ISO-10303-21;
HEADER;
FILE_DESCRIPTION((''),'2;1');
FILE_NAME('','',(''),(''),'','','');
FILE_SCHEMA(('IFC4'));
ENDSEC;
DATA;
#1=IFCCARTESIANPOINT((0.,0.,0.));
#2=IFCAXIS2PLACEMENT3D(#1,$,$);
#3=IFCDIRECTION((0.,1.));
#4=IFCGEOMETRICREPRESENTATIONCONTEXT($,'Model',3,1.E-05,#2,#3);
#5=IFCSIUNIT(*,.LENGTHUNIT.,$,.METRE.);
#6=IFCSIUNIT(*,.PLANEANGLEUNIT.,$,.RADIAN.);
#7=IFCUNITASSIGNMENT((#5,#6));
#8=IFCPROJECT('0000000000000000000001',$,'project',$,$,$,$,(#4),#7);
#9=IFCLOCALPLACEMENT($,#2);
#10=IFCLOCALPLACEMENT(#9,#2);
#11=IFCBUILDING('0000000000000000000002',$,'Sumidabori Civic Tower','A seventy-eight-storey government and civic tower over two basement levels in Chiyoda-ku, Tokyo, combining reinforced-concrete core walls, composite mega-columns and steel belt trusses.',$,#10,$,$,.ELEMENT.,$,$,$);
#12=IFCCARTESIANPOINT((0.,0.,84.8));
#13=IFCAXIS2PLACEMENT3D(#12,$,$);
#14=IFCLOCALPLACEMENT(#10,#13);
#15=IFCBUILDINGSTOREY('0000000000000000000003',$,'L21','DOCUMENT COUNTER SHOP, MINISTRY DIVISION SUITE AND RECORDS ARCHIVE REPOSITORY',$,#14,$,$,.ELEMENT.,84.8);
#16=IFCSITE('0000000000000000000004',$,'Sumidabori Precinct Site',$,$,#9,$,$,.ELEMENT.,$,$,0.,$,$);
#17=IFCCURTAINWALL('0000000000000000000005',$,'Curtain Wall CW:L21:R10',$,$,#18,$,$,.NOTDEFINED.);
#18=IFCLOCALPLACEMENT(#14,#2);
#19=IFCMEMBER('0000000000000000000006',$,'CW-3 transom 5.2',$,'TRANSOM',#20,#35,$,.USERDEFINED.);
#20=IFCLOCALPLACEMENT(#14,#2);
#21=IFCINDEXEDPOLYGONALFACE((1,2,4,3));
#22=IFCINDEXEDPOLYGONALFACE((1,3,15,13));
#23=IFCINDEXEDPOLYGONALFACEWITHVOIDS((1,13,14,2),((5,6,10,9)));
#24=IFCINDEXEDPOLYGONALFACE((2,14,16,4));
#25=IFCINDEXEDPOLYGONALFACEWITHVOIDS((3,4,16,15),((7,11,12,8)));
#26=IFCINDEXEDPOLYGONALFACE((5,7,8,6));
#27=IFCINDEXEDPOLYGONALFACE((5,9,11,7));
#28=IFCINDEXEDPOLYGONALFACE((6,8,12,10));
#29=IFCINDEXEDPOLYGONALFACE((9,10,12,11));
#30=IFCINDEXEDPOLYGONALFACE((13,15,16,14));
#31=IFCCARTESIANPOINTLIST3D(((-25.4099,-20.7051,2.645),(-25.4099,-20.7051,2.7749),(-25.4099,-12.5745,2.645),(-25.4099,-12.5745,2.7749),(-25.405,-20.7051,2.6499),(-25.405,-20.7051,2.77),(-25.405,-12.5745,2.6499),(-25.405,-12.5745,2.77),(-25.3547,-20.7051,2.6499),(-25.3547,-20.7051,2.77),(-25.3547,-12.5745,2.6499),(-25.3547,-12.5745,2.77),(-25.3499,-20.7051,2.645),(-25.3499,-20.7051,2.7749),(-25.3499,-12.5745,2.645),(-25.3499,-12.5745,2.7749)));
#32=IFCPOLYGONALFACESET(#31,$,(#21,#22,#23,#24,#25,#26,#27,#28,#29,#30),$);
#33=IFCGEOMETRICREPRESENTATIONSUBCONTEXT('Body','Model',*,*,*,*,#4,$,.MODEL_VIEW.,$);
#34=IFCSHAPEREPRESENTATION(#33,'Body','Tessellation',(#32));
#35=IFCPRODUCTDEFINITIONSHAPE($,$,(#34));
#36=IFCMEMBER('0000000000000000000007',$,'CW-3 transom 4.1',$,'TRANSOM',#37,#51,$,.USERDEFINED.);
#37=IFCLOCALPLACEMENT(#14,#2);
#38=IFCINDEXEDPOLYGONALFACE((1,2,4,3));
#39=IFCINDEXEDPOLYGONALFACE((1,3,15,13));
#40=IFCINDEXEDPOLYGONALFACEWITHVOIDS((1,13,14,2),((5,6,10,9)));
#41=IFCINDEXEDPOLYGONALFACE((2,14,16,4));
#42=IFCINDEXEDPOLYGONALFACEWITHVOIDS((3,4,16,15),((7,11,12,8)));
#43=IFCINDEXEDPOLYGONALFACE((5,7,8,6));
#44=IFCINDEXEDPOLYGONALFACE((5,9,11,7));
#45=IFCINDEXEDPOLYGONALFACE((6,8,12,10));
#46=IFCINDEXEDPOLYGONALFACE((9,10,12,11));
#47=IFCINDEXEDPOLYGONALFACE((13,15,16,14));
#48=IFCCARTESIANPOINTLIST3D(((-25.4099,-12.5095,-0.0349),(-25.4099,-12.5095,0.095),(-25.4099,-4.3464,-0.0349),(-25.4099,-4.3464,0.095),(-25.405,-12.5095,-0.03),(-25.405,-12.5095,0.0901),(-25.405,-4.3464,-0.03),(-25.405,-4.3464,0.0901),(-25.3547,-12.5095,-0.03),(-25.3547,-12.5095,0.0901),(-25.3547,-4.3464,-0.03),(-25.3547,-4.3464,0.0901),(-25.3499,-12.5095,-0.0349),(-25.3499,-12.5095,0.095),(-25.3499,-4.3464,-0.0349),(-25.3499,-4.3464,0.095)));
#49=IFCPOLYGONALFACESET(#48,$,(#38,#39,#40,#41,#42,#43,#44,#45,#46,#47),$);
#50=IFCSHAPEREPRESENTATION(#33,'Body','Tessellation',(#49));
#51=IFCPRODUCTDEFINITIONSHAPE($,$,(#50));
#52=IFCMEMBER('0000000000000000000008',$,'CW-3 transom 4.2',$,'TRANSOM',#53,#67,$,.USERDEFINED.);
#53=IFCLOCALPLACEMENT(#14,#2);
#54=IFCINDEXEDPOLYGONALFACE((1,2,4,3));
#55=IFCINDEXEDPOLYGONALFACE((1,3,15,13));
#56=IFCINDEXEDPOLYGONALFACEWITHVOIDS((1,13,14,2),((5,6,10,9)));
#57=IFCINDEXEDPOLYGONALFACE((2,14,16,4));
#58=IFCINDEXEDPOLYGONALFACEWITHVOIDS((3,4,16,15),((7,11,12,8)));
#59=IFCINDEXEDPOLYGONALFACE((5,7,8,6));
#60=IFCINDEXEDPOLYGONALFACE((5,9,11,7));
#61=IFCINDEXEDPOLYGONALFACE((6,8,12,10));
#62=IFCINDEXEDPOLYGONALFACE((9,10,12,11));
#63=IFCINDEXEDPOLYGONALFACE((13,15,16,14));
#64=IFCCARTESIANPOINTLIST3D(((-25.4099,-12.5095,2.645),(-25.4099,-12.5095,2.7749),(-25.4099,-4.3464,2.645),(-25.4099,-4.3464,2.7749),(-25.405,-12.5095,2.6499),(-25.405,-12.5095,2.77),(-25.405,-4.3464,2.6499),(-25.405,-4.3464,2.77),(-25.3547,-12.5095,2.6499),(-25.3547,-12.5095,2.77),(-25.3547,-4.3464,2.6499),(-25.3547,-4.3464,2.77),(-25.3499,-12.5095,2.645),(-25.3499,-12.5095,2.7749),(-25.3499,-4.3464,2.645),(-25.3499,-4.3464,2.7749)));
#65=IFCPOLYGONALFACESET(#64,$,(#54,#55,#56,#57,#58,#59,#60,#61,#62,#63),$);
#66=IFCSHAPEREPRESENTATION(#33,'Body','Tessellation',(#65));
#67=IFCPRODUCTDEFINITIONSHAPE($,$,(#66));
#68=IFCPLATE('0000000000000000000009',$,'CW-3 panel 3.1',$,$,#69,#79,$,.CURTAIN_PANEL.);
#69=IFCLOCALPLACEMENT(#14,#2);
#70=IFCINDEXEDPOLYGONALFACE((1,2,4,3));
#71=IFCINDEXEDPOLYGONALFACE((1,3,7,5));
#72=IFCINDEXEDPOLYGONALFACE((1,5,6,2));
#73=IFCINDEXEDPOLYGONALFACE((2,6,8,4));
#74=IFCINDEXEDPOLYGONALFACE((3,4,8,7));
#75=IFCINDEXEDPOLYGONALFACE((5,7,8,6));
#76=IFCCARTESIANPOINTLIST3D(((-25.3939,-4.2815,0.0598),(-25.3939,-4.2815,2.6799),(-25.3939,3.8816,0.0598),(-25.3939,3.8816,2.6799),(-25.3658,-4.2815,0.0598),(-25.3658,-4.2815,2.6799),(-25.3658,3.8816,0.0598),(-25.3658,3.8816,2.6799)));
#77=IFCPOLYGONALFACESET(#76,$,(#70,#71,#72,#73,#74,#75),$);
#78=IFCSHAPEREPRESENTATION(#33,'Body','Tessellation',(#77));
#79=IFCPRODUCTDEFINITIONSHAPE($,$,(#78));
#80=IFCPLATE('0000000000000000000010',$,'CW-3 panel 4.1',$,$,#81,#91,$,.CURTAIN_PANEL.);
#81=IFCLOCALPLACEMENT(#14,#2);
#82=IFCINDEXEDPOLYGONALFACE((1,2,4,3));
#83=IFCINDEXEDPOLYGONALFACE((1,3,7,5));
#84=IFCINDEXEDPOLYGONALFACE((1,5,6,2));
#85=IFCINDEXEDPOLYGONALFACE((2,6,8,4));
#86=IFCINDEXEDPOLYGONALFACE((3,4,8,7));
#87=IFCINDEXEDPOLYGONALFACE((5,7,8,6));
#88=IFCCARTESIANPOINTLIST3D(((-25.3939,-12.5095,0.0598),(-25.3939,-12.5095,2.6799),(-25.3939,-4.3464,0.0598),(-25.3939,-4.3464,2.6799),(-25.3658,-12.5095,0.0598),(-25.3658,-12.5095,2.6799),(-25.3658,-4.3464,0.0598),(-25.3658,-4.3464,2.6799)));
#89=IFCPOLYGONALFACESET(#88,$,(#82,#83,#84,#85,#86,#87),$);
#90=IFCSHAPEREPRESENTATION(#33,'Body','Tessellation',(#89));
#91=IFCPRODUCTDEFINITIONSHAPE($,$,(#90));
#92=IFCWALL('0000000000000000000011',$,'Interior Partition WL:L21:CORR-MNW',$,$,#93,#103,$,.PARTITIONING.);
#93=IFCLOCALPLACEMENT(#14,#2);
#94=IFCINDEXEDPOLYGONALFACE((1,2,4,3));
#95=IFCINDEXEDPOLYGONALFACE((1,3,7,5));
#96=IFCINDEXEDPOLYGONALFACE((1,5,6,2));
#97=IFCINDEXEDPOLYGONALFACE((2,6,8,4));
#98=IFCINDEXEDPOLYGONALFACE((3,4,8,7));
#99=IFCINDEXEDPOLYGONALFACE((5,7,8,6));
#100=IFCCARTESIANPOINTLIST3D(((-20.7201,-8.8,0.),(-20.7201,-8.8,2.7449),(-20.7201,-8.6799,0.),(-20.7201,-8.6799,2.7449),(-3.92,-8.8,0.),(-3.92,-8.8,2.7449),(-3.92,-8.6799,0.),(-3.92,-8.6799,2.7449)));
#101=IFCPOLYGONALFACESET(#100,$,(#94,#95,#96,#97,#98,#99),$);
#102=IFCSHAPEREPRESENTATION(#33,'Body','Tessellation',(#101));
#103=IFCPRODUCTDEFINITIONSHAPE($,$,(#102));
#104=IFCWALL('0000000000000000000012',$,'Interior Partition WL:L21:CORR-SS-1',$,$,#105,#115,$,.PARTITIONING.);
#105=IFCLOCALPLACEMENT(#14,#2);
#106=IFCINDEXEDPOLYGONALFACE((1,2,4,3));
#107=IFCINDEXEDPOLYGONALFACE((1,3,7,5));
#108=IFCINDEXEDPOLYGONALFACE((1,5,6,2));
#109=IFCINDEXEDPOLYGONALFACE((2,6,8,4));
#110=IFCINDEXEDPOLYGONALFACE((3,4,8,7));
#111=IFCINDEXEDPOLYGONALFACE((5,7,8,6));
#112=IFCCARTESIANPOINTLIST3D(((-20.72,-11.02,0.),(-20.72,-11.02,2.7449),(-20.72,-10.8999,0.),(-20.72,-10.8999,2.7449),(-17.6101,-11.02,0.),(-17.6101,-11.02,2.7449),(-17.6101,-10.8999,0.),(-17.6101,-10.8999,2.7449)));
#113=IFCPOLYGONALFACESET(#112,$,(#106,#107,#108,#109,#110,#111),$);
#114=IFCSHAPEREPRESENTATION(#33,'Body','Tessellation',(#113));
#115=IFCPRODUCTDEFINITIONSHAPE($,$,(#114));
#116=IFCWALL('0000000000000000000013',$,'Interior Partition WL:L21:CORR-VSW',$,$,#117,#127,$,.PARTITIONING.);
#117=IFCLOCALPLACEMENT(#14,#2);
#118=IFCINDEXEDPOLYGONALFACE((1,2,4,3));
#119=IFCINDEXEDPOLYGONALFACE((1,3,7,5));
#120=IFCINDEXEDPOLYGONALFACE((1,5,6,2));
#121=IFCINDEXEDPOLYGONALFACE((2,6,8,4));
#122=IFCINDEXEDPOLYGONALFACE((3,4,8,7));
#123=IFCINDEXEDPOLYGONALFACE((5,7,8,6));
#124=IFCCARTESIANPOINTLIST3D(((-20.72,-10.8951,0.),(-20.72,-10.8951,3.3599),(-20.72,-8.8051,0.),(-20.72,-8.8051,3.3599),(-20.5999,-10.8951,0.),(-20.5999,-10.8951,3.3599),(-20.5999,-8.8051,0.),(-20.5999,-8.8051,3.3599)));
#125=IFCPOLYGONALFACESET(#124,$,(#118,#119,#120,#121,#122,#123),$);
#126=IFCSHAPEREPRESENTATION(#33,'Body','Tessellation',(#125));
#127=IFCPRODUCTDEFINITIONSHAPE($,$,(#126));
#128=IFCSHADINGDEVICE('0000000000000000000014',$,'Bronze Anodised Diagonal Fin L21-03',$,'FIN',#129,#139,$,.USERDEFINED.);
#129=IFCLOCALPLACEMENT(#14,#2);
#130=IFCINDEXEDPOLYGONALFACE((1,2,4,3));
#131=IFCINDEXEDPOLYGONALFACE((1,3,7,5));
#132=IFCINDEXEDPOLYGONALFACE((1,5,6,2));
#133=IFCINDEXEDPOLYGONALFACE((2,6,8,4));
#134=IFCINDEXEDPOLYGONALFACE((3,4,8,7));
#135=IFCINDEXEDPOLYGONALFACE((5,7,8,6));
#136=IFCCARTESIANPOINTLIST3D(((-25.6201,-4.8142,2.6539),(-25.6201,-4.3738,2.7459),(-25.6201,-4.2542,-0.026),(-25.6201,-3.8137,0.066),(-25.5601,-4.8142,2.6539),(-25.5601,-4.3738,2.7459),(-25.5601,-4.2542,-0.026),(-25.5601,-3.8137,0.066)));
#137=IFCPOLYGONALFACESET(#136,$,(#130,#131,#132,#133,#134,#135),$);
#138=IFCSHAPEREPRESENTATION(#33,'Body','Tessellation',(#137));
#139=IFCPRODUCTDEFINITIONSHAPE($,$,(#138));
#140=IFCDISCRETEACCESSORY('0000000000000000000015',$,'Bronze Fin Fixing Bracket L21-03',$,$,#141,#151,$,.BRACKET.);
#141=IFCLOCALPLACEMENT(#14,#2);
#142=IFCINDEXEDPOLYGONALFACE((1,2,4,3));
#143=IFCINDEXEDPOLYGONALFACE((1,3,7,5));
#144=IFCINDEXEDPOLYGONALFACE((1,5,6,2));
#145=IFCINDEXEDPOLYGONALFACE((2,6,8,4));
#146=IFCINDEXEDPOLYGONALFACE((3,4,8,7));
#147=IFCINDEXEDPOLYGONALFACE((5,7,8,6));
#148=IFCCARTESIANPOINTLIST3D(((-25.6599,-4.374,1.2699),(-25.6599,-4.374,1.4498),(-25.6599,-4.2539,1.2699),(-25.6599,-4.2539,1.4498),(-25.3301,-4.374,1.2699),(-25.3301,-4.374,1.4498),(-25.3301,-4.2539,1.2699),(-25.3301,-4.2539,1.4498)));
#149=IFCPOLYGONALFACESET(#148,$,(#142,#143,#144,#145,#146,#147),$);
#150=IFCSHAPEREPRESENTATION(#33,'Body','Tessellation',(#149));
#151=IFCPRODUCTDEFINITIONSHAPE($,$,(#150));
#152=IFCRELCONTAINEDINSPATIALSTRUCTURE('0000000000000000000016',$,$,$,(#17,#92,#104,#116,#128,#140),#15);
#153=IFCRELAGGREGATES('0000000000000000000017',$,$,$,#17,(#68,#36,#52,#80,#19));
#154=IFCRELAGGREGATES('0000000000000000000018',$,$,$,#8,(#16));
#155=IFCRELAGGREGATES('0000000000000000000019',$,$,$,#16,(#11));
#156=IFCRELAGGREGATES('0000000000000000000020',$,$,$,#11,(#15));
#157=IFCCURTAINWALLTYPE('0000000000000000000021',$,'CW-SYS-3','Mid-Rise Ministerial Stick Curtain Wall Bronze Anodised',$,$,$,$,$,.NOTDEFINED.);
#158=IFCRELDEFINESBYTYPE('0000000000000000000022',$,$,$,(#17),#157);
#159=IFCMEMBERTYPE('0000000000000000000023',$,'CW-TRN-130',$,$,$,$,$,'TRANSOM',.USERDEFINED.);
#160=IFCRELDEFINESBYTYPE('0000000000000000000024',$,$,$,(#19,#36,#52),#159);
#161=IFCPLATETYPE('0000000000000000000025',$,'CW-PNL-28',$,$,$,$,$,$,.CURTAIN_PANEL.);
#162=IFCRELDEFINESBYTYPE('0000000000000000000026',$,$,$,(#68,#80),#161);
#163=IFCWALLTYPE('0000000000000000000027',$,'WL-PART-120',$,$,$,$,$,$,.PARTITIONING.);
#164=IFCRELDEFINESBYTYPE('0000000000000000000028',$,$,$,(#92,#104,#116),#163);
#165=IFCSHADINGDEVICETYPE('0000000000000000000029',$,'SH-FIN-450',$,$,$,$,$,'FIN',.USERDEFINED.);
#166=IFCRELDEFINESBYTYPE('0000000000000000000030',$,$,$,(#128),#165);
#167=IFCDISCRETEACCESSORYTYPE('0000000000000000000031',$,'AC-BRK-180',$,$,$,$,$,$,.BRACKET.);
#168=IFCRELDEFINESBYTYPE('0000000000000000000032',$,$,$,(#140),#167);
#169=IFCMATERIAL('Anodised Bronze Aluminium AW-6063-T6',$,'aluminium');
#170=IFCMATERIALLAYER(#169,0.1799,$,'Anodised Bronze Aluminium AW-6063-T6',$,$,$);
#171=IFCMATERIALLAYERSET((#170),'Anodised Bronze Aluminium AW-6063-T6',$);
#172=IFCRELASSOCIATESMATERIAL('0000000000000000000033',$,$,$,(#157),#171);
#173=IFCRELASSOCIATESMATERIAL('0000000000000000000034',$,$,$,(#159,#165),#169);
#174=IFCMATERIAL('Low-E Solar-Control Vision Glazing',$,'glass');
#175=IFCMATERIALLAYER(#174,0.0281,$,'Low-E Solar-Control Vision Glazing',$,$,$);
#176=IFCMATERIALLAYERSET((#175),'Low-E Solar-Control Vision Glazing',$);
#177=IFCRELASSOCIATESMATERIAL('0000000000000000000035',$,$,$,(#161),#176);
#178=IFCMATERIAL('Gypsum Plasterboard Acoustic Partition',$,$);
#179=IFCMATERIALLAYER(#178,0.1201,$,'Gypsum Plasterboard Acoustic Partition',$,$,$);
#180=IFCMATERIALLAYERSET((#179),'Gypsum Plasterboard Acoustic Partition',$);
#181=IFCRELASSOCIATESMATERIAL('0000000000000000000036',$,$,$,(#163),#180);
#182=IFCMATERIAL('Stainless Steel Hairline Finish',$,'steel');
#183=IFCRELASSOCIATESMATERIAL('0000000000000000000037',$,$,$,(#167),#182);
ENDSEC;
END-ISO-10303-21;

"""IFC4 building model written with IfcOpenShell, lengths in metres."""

from ifc_helpers import new_model, si_unit, direction, frame, frame_2d, origin, origin_2d, place, context, subcontext, project, spatial, rectangle, hollow_rectangle, extrude, source, transform, mapped, material, layer, layer_set, material_profile, profile_set, type_object, element, aggregate, save


model = new_model("IFC4")

# Units and contexts
model_context = context("Model", 3, precision=1e-05, world=origin(), true_north=direction((0.0, 1.0)))
body_context = subcontext(model_context, "Body", "Model", "MODEL_VIEW")
ifc_project = project(units=[si_unit("LENGTHUNIT", "METRE"), si_unit("PLANEANGLEUNIT", "RADIAN")], contexts=[model_context])

# Site, building, storey
site_placement = place(None, origin())
site = spatial("IfcSite", under=ifc_project, at=site_placement, Name="Sumidabori Precinct Site", CompositionType="ELEMENT", RefElevation=0.0)
building_placement = place(site_placement, origin())
building = spatial("IfcBuilding", under=site, at=building_placement, Name="Sumidabori Civic Tower", Description="A seventy-eight-storey government and civic tower over two basement levels in Chiyoda-ku, Tokyo, combining reinforced-concrete core walls, composite mega-columns and steel belt trusses.", CompositionType="ELEMENT")
storey_placement = place(building_placement, frame((0.0, 0.0, 84.8)))
storey = spatial("IfcBuildingStorey", under=building, at=storey_placement, Name="L21", Description="DOCUMENT COUNTER SHOP, MINISTRY DIVISION SUITE AND RECORDS ARCHIVE REPOSITORY", CompositionType="ELEMENT", Elevation=84.8)

# Curtain wall, members, plates
ifc_material_1 = material(Name="Anodised Bronze Aluminium AW-6063-T6", Category="aluminium")
ifc_layer_1 = layer(ifc_material_1, 0.1799, Name="Anodised Bronze Aluminium AW-6063-T6")
ifc_layer_set_1 = layer_set([ifc_layer_1], Name="Anodised Bronze Aluminium AW-6063-T6")
curtain_wall_type = type_object("IfcCurtainWallType", Name="CW-SYS-3", Description="Mid-Rise Ministerial Stick Curtain Wall Bronze Anodised", PredefinedType="NOTDEFINED", material=ifc_layer_set_1)
curtain_wall_placement = place(storey_placement, origin())
curtain_wall = element("IfcCurtainWall", 1, at=curtain_wall_placement, inside=storey, type_object=curtain_wall_type, Name="Curtain Wall CW:L21:R10", PredefinedType="NOTDEFINED")
ifc_material_profile_1 = material_profile(ifc_material_1, hollow_rectangle(XDim=0.0601, YDim=0.1299, WallThickness=0.0049, at=origin_2d()), Name="ALU TRANSOM 130x60")
ifc_profile_set_1 = profile_set([ifc_material_profile_1], Name="Anodised Bronze Aluminium AW-6063-T6")
member_type_1 = type_object("IfcMemberType", Name="CW-TRN-130", ElementType="TRANSOM", PredefinedType="USERDEFINED", material=ifc_profile_set_1)
shared_shape_1 = source(origin(), body_context, "Body", "SweptSolid", [
    extrude(hollow_rectangle(XDim=0.0601, YDim=0.1299, WallThickness=0.0049, at=origin_2d()), origin(), (0.0, 0.0, 1.0), 8.1306),
])
member_1_placement = place(storey_placement, frame((-25.3799, -12.5745, 2.71), z_axis=(0.0, -1.0, 0.0), x_axis=(1.0, 0.0, 0.0)))
member_1 = element("IfcMember", 2, at=member_1_placement, type_object=member_type_1, Name="CW-3 transom 5.2", ObjectType="TRANSOM", PredefinedType="USERDEFINED", context=body_context, shape_type="MappedRepresentation", body=[
    mapped(shared_shape_1, transform((0.0, 0.0, 0.0), x_axis=(1.0, 0.0, 0.0), y_axis=(0.0, 1.0, 0.0), z_axis=(0.0, 0.0, 1.0), scale=1.0)),
])
shared_shape_2 = source(origin(), body_context, "Body", "SweptSolid", [
    extrude(hollow_rectangle(XDim=0.0601, YDim=0.1299, WallThickness=0.0049, at=origin_2d()), origin(), (0.0, 0.0, 1.0), 8.1631),
])
member_2_placement = place(storey_placement, frame((-25.3799, -4.3464, 0.03), z_axis=(0.0, -1.0, 0.0), x_axis=(1.0, 0.0, 0.0)))
member_2 = element("IfcMember", 3, at=member_2_placement, type_object=member_type_1, Name="CW-3 transom 4.1", ObjectType="TRANSOM", PredefinedType="USERDEFINED", context=body_context, shape_type="MappedRepresentation", body=[
    mapped(shared_shape_2, transform((0.0, 0.0, 0.0), x_axis=(1.0, 0.0, 0.0), y_axis=(0.0, 1.0, 0.0), z_axis=(0.0, 0.0, 1.0), scale=1.0)),
])
member_3_placement = place(storey_placement, frame((-25.3799, -4.3464, 2.71), z_axis=(0.0, -1.0, 0.0), x_axis=(1.0, 0.0, 0.0)))
member_3 = element("IfcMember", 4, at=member_3_placement, type_object=member_type_1, Name="CW-3 transom 4.2", ObjectType="TRANSOM", PredefinedType="USERDEFINED", context=body_context, shape_type="MappedRepresentation", body=[
    mapped(shared_shape_2, transform((0.0, 0.0, 0.0), x_axis=(1.0, 0.0, 0.0), y_axis=(0.0, 1.0, 0.0), z_axis=(0.0, 0.0, 1.0), scale=1.0)),
])
ifc_material_2 = material(Name="Low-E Solar-Control Vision Glazing", Category="glass")
ifc_layer_2 = layer(ifc_material_2, 0.0281, Name="Low-E Solar-Control Vision Glazing")
ifc_layer_set_2 = layer_set([ifc_layer_2], Name="Low-E Solar-Control Vision Glazing")
plate_type = type_object("IfcPlateType", Name="CW-PNL-28", PredefinedType="CURTAIN_PANEL", material=ifc_layer_set_2)
shared_shape_3 = source(origin(), body_context, "Body", "SweptSolid", [
    extrude(rectangle(XDim=8.1631, YDim=0.0281, at=origin_2d()), origin(), (0.0, 0.0, 1.0), 2.6201),
])
plate_1_placement = place(storey_placement, frame((-25.3799, -0.2, 0.0598), z_axis=(0.0, 0.0, 1.0), x_axis=(0.0, -1.0, 0.0)))
plate_1 = element("IfcPlate", 5, at=plate_1_placement, type_object=plate_type, Name="CW-3 panel 3.1", PredefinedType="CURTAIN_PANEL", context=body_context, shape_type="MappedRepresentation", body=[
    mapped(shared_shape_3, transform((0.0, 0.0, 0.0), x_axis=(1.0, 0.0, 0.0), y_axis=(0.0, 1.0, 0.0), z_axis=(0.0, 0.0, 1.0), scale=1.0)),
])
plate_2_placement = place(storey_placement, frame((-25.3799, -8.428, 0.0598), z_axis=(0.0, 0.0, 1.0), x_axis=(0.0, -1.0, 0.0)))
plate_2 = element("IfcPlate", 6, at=plate_2_placement, type_object=plate_type, Name="CW-3 panel 4.1", PredefinedType="CURTAIN_PANEL", context=body_context, shape_type="MappedRepresentation", body=[
    mapped(shared_shape_3, transform((0.0, 0.0, 0.0), x_axis=(1.0, 0.0, 0.0), y_axis=(0.0, 1.0, 0.0), z_axis=(0.0, 0.0, 1.0), scale=1.0)),
])
aggregate(curtain_wall, [plate_1, member_2, member_3, plate_2, member_1])

# Walls
ifc_material_3 = material(Name="Gypsum Plasterboard Acoustic Partition")
ifc_layer_3 = layer(ifc_material_3, 0.1201, Name="Gypsum Plasterboard Acoustic Partition")
ifc_layer_set_3 = layer_set([ifc_layer_3], Name="Gypsum Plasterboard Acoustic Partition")
wall_type = type_object("IfcWallType", Name="WL-PART-120", PredefinedType="PARTITIONING", material=ifc_layer_set_3)
shared_shape_4 = source(origin(), body_context, "Body", "SweptSolid", [
    extrude(rectangle(XDim=16.8, YDim=0.1201, at=frame_2d((8.3999, 0.0))), origin(), (0.0, 0.0, 1.0), 2.7449),
])
wall_1_placement = place(storey_placement, frame((-20.72, -8.74, 0.0), z_axis=(0.0, 0.0, 1.0), x_axis=(1.0, 0.0, 0.0)))
element("IfcWall", 7, at=wall_1_placement, inside=storey, type_object=wall_type, Name="Interior Partition WL:L21:CORR-MNW", PredefinedType="PARTITIONING", context=body_context, shape_type="MappedRepresentation", body=[
    mapped(shared_shape_4, transform((0.0, 0.0, 0.0), x_axis=(1.0, 0.0, 0.0), y_axis=(0.0, 1.0, 0.0), z_axis=(0.0, 0.0, 1.0), scale=1.0)),
])
shared_shape_5 = source(origin(), body_context, "Body", "SweptSolid", [
    extrude(rectangle(XDim=3.1099, YDim=0.1201, at=frame_2d((1.5549, 0.0))), origin(), (0.0, 0.0, 1.0), 2.7449),
])
wall_2_placement = place(storey_placement, frame((-20.72, -10.96, 0.0), z_axis=(0.0, 0.0, 1.0), x_axis=(1.0, 0.0, 0.0)))
element("IfcWall", 8, at=wall_2_placement, inside=storey, type_object=wall_type, Name="Interior Partition WL:L21:CORR-SS-1", PredefinedType="PARTITIONING", context=body_context, shape_type="MappedRepresentation", body=[
    mapped(shared_shape_5, transform((0.0, 0.0, 0.0), x_axis=(1.0, 0.0, 0.0), y_axis=(0.0, 1.0, 0.0), z_axis=(0.0, 0.0, 1.0), scale=1.0)),
])
shared_shape_6 = source(origin(), body_context, "Body", "SweptSolid", [
    extrude(rectangle(XDim=2.0901, YDim=0.1201, at=frame_2d((1.0449, 0.0))), origin(), (0.0, 0.0, 1.0), 3.3599),
])
wall_3_placement = place(storey_placement, frame((-20.6599, -10.895, 0.0), z_axis=(0.0, 0.0, 1.0), x_axis=(0.0, 1.0, 0.0)))
element("IfcWall", 9, at=wall_3_placement, inside=storey, type_object=wall_type, Name="Interior Partition WL:L21:CORR-VSW", PredefinedType="PARTITIONING", context=body_context, shape_type="MappedRepresentation", body=[
    mapped(shared_shape_6, transform((0.0, 0.0, 0.0), x_axis=(1.0, 0.0, 0.0), y_axis=(0.0, 1.0, 0.0), z_axis=(0.0, 0.0, 1.0), scale=1.0)),
])

# Shading device
ifc_material_profile_2 = material_profile(ifc_material_1, rectangle(XDim=0.0601, YDim=0.45, at=origin_2d()), Name="BRONZE FIN 450x60")
ifc_profile_set_2 = profile_set([ifc_material_profile_2], Name="Anodised Bronze Aluminium AW-6063-T6")
shading_device_type = type_object("IfcShadingDeviceType", Name="SH-FIN-450", ElementType="FIN", PredefinedType="USERDEFINED", material=ifc_profile_set_2)
shared_shape_7 = source(origin(), body_context, "Body", "SweptSolid", [
    extrude(rectangle(XDim=0.0601, YDim=0.45, at=origin_2d()), origin(), (0.0, 0.0, 1.0), 2.7378),
])
shading_device_placement = place(storey_placement, frame((-25.5901, -4.0339, 0.02), z_axis=(0.0, -0.204563, 0.978853), x_axis=(-1.0, 0.0, 0.0)))
element("IfcShadingDevice", 10, at=shading_device_placement, inside=storey, type_object=shading_device_type, Name="Bronze Anodised Diagonal Fin L21-03", ObjectType="FIN", PredefinedType="USERDEFINED", context=body_context, shape_type="MappedRepresentation", body=[
    mapped(shared_shape_7, transform((0.0, 0.0, 0.0), x_axis=(1.0, 0.0, 0.0), y_axis=(0.0, 1.0, 0.0), z_axis=(0.0, 0.0, 1.0), scale=1.0)),
])

# Discrete accessory
ifc_material_4 = material(Name="Stainless Steel Hairline Finish", Category="steel")
ifc_material_profile_3 = material_profile(ifc_material_4, rectangle(XDim=0.1201, YDim=0.1799, at=origin_2d()), Name="STEEL BRACKET 180x120")
ifc_profile_set_3 = profile_set([ifc_material_profile_3], Name="Stainless Steel Hairline Finish")
discrete_accessory_type = type_object("IfcDiscreteAccessoryType", Name="AC-BRK-180", PredefinedType="BRACKET", material=ifc_profile_set_3)
shared_shape_8 = source(origin(), body_context, "Body", "SweptSolid", [
    extrude(rectangle(XDim=0.1201, YDim=0.1799, at=origin_2d()), origin(), (0.0, 0.0, 1.0), 0.3298),
])
discrete_accessory_placement = place(storey_placement, frame((-25.3301, -4.314, 1.3599), z_axis=(-1.0, 0.0, 0.0), x_axis=(0.0, -1.0, 0.0)))
element("IfcDiscreteAccessory", 11, at=discrete_accessory_placement, inside=storey, type_object=discrete_accessory_type, Name="Bronze Fin Fixing Bracket L21-03", PredefinedType="BRACKET", context=body_context, shape_type="MappedRepresentation", body=[
    mapped(shared_shape_8, transform((0.0, 0.0, 0.0), x_axis=(1.0, 0.0, 0.0), y_axis=(0.0, 1.0, 0.0), z_axis=(0.0, 0.0, 1.0), scale=1.0)),
])

save(model, "model.ifc")
